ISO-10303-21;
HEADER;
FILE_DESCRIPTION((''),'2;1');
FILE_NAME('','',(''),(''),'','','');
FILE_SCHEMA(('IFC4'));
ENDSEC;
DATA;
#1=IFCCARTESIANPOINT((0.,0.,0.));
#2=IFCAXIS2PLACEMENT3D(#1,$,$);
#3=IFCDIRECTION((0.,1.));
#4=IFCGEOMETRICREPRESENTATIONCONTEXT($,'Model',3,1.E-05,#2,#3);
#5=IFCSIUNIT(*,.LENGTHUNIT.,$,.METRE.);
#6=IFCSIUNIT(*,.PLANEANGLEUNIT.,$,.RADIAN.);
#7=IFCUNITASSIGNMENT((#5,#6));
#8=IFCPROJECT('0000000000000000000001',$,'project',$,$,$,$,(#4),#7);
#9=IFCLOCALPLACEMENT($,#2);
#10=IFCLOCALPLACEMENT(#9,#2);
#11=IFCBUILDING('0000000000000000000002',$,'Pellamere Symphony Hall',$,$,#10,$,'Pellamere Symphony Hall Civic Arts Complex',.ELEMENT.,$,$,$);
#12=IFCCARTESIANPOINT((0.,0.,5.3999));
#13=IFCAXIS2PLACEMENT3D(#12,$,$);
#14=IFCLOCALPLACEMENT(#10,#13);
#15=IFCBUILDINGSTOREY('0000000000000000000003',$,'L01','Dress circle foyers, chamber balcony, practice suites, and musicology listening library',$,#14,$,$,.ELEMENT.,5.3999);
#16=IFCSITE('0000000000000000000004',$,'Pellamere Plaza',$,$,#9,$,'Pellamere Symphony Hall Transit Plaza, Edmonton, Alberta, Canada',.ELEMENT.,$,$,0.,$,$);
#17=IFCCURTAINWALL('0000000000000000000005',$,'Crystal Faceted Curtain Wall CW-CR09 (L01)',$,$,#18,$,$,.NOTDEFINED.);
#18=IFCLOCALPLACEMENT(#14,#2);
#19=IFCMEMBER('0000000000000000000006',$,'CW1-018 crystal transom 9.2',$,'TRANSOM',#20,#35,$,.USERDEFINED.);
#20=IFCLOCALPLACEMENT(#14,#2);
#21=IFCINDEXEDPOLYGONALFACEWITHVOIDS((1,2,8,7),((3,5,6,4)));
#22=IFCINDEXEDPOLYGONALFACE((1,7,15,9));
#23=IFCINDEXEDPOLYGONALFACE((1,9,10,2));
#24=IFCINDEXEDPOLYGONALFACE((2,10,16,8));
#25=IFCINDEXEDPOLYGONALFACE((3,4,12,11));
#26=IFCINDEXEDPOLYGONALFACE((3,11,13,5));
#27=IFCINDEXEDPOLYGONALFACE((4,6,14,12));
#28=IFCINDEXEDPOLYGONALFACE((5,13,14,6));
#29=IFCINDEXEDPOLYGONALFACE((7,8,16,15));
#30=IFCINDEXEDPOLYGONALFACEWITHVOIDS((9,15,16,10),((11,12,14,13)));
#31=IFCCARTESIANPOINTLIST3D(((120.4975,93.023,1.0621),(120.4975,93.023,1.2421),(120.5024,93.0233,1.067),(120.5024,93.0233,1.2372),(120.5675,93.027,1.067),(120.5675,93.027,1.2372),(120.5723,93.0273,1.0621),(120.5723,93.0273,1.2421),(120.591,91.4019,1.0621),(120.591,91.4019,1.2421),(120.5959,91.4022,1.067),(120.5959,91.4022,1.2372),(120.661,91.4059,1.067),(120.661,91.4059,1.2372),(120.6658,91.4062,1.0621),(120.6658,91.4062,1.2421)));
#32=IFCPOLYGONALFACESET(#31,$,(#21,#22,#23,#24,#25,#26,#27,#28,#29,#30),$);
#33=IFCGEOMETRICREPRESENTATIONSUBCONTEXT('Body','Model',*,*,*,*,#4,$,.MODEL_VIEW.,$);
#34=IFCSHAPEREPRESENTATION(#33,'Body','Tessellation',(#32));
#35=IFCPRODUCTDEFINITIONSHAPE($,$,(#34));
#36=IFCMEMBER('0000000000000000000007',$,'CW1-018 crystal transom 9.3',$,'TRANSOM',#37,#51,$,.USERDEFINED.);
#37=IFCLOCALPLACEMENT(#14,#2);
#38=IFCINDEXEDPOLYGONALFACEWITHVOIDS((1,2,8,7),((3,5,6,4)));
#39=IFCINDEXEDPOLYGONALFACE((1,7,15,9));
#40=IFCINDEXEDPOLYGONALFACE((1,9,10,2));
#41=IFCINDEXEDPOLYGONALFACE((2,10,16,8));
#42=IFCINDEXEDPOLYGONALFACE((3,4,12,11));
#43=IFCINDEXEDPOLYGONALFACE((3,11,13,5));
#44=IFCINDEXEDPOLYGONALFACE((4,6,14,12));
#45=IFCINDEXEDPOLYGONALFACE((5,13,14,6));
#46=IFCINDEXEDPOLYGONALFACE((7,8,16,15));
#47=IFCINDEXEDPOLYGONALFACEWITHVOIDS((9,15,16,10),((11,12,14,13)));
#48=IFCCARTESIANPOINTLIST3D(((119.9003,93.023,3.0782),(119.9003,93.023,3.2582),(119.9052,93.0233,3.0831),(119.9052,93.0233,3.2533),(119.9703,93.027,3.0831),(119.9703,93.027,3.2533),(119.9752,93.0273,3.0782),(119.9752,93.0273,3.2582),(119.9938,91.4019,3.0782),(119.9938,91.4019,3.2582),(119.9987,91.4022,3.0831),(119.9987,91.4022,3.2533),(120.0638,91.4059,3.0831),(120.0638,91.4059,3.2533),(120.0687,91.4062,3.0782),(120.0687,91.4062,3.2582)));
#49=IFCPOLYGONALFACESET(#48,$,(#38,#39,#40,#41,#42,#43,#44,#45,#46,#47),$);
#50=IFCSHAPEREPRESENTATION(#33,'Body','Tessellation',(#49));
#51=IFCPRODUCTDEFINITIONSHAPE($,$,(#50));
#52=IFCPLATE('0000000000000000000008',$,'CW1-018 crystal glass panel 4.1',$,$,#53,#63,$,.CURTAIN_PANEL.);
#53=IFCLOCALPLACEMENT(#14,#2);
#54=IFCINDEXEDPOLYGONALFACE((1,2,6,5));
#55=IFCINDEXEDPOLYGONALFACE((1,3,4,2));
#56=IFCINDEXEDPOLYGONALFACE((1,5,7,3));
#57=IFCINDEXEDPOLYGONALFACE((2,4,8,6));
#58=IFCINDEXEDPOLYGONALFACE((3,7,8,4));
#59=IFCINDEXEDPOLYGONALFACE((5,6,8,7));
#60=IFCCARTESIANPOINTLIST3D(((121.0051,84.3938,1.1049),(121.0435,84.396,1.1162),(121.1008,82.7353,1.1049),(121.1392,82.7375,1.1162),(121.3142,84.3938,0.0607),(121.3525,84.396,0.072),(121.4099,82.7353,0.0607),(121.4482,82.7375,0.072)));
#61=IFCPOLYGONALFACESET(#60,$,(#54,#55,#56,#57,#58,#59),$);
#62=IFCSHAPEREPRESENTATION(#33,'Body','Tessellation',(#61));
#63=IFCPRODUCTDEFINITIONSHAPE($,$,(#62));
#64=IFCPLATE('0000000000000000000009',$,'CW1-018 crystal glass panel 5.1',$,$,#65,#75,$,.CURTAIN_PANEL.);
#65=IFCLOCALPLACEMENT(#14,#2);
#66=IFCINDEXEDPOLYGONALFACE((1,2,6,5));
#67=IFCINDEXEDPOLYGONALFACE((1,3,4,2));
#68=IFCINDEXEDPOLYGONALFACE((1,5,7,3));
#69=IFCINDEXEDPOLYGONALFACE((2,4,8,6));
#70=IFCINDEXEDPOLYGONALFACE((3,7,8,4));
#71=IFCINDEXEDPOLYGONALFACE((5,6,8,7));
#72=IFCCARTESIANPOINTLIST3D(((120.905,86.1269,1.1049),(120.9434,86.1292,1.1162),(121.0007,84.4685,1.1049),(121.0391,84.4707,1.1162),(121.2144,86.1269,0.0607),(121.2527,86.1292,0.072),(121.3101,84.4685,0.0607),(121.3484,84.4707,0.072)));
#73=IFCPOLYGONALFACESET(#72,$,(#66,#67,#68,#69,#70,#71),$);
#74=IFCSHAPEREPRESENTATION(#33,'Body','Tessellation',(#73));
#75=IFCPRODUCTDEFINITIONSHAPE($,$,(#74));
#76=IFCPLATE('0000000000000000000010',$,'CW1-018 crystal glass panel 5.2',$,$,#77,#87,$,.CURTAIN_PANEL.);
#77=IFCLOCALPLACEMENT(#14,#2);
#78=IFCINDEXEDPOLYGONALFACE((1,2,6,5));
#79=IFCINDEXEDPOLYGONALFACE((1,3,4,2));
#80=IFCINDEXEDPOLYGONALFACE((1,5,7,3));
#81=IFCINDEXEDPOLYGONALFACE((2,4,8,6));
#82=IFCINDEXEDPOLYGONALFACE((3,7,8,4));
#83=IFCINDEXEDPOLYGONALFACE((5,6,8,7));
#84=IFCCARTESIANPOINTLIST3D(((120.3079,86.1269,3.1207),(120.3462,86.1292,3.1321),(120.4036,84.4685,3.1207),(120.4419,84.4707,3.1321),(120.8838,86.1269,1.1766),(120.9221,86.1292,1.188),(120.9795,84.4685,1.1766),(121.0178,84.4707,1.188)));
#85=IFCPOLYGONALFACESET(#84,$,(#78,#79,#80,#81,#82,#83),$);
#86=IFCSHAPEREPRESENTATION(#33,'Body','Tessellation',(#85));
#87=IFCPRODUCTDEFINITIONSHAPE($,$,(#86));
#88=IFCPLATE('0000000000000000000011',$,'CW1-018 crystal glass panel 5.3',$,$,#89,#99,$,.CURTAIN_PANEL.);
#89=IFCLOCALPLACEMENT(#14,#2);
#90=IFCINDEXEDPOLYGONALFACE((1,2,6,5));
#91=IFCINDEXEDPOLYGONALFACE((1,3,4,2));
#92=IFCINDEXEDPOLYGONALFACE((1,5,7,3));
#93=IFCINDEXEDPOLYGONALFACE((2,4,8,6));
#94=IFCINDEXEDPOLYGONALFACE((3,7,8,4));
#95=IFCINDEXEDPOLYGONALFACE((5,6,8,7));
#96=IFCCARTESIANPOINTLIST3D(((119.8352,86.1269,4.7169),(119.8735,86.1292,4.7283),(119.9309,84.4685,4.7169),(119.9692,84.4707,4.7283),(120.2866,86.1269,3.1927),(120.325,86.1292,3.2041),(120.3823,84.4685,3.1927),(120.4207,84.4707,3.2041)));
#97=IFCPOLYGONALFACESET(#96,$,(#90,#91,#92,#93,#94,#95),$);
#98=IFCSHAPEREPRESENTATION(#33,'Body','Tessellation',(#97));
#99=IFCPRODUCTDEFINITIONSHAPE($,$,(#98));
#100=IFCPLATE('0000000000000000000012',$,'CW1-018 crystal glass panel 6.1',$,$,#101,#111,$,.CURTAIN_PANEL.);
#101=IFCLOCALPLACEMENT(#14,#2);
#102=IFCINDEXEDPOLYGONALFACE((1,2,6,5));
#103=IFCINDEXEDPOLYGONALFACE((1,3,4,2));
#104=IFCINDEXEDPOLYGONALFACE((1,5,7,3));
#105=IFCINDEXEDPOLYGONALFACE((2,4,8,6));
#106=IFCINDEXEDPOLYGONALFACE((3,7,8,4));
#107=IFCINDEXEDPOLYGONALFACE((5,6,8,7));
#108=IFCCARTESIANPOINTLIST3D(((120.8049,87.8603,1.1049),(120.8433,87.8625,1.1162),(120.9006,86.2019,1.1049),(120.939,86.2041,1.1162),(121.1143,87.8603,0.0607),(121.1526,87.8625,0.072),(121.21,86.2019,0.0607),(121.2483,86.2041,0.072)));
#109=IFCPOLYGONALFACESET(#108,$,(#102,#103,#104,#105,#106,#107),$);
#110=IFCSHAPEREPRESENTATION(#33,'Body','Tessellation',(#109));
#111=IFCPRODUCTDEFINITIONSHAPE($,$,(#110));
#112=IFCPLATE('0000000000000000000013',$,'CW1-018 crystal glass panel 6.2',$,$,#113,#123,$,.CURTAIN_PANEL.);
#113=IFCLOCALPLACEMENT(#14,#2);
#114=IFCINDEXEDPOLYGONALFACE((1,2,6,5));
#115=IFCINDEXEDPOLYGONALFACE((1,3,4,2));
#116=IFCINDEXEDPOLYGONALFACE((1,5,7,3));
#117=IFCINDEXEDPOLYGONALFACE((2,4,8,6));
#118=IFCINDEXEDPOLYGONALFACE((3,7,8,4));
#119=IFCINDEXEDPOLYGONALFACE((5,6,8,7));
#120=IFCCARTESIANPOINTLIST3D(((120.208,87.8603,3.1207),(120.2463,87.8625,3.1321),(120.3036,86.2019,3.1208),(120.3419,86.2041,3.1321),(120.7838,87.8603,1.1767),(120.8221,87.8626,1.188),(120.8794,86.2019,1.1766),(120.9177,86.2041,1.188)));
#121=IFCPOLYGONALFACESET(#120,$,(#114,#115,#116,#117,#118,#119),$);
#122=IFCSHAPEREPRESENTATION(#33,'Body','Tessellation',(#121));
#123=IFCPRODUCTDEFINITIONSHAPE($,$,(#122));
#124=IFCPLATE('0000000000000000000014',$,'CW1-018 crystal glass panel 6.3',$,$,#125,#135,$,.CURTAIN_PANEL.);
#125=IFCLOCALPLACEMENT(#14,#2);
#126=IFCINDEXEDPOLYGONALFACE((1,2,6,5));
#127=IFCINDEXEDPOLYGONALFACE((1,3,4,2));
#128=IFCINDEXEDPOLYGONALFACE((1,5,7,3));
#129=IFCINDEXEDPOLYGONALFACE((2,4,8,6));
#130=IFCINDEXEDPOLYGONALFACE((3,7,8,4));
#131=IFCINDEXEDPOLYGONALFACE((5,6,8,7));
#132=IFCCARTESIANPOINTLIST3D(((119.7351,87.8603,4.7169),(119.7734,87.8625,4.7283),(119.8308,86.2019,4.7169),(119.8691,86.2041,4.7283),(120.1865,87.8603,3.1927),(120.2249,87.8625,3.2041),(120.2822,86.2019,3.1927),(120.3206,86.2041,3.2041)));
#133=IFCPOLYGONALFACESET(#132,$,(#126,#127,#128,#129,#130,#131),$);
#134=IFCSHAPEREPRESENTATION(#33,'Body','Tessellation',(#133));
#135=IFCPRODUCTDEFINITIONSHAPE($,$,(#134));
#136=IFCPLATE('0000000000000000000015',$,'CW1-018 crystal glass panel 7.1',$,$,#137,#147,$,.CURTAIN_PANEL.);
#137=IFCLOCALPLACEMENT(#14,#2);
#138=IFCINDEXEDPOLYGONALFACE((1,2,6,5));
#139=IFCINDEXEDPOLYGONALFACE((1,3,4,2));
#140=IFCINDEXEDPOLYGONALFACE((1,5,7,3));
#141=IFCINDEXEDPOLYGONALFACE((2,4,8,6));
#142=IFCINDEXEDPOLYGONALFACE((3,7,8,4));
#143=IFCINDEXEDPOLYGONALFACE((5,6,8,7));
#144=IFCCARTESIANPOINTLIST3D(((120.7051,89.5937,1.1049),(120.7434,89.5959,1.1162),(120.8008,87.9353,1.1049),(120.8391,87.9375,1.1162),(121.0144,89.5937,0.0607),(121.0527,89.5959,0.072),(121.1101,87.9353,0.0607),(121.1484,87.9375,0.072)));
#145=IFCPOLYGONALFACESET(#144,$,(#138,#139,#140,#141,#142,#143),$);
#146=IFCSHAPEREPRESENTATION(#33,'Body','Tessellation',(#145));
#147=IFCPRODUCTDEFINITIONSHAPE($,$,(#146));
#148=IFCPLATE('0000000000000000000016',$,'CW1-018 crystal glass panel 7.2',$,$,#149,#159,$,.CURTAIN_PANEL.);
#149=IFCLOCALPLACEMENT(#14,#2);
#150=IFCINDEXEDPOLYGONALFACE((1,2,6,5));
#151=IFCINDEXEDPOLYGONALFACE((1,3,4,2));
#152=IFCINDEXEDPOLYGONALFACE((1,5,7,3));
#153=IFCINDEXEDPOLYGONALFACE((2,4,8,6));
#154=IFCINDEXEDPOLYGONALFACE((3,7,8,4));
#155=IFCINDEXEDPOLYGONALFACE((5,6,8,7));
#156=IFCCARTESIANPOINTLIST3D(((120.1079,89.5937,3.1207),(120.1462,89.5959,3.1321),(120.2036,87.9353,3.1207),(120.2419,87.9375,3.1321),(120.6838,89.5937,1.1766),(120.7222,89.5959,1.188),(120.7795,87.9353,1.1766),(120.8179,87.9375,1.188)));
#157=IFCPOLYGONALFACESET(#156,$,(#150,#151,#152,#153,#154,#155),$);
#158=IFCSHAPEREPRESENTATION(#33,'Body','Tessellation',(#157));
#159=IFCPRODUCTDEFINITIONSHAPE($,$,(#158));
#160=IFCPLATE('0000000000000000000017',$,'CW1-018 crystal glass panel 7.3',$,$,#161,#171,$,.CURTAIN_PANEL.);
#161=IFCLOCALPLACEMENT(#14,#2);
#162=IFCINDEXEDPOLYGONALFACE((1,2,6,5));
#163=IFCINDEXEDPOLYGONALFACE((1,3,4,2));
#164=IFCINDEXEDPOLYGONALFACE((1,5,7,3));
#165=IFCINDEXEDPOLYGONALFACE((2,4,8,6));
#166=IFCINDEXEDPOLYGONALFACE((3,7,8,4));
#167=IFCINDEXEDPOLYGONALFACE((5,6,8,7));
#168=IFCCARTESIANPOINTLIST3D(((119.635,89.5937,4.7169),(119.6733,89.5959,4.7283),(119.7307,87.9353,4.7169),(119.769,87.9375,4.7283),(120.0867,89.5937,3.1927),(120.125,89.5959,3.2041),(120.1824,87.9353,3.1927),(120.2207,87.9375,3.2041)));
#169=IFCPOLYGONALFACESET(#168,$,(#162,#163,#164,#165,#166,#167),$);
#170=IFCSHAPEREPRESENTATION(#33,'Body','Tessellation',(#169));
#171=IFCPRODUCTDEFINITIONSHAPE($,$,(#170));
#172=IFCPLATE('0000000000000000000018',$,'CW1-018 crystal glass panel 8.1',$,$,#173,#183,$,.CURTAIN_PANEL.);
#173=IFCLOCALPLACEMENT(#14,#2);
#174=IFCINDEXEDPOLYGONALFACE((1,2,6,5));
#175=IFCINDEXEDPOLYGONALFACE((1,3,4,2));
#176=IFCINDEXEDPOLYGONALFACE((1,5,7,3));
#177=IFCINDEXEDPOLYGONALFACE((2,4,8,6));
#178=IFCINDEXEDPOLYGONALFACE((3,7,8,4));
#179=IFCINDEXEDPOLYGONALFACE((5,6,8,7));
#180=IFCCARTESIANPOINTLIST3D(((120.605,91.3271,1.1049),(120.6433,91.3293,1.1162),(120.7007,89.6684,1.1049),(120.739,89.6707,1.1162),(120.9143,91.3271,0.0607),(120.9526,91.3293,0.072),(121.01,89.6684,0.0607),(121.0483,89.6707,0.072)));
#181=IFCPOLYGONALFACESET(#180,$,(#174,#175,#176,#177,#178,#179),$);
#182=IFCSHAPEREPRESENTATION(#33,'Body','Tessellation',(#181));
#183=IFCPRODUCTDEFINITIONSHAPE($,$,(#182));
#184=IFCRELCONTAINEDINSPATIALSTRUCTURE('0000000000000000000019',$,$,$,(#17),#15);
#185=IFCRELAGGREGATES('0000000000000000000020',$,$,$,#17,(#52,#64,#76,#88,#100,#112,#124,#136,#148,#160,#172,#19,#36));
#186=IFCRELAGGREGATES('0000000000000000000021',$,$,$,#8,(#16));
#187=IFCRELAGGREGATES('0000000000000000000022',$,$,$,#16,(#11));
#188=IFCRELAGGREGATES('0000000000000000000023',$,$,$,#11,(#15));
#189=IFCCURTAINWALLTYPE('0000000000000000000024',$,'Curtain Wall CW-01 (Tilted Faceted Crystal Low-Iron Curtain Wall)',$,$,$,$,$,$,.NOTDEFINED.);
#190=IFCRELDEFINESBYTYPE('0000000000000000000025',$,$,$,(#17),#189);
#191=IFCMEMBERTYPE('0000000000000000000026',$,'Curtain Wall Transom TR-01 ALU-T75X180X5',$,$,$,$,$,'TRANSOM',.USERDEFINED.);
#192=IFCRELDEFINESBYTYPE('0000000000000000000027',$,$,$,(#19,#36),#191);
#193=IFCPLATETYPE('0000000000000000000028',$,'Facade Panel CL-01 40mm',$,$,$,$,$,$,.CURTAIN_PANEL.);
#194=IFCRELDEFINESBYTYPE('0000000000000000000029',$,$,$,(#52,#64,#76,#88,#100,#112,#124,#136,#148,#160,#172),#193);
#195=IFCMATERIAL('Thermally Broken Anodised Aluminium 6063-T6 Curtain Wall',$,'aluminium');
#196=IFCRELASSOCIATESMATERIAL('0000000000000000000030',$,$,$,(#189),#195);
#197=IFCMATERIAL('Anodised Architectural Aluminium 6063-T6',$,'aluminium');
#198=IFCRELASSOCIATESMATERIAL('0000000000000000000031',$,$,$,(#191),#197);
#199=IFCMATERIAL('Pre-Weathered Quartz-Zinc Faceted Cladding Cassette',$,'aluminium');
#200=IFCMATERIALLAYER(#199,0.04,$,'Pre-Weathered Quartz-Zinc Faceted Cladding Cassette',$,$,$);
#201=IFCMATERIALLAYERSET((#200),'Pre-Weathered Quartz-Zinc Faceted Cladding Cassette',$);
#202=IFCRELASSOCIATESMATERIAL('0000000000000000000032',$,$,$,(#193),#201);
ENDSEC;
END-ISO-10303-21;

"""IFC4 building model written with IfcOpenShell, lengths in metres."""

from ifc_helpers import new_model, si_unit, direction, frame, origin, origin_2d, place, context, subcontext, project, spatial, polyline, hollow_rectangle, outline, extrude, material, layer, layer_set, material_profile, profile_set, type_object, element, aggregate, save


model = new_model("IFC4")

# Units and contexts
model_context = context("Model", 3, precision=1e-05, world=origin(), true_north=direction((0.0, 1.0)))
body_context = subcontext(model_context, "Body", "Model", "MODEL_VIEW")
ifc_project = project(units=[si_unit("LENGTHUNIT", "METRE"), si_unit("PLANEANGLEUNIT", "RADIAN")], contexts=[model_context])

# Site, building, storey
site_placement = place(None, origin())
site = spatial("IfcSite", under=ifc_project, at=site_placement, Name="Pellamere Plaza", LongName="Pellamere Symphony Hall Transit Plaza, Edmonton, Alberta, Canada", CompositionType="ELEMENT", RefElevation=0.0)
building_placement = place(site_placement, origin())
building = spatial("IfcBuilding", under=site, at=building_placement, Name="Pellamere Symphony Hall", LongName="Pellamere Symphony Hall Civic Arts Complex", CompositionType="ELEMENT")
storey_placement = place(building_placement, frame((0.0, 0.0, 5.3999)))
storey = spatial("IfcBuildingStorey", under=building, at=storey_placement, Name="L01", Description="Dress circle foyers, chamber balcony, practice suites, and musicology listening library", CompositionType="ELEMENT", Elevation=5.3999)

# Curtain wall, members, plates
ifc_material_1 = material(Name="Thermally Broken Anodised Aluminium 6063-T6 Curtain Wall", Category="aluminium")
curtain_wall_type = type_object("IfcCurtainWallType", Name="Curtain Wall CW-01 (Tilted Faceted Crystal Low-Iron Curtain Wall)", PredefinedType="NOTDEFINED", material=ifc_material_1)
curtain_wall_placement = place(storey_placement, origin())
curtain_wall = element("IfcCurtainWall", 1, at=curtain_wall_placement, inside=storey, type_object=curtain_wall_type, Name="Crystal Faceted Curtain Wall CW-CR09 (L01)", PredefinedType="NOTDEFINED")
ifc_material_2 = material(Name="Anodised Architectural Aluminium 6063-T6", Category="aluminium")
ifc_material_profile_1 = material_profile(ifc_material_2, hollow_rectangle(XDim=0.075, YDim=0.1799, WallThickness=0.0049, at=origin_2d()), Name="ALU-T75X180X5")
ifc_profile_set_1 = profile_set([ifc_material_profile_1], Name="Anodised Architectural Aluminium 6063-T6")
member_type_1 = type_object("IfcMemberType", Name="Curtain Wall Transom TR-01 ALU-T75X180X5", ElementType="TRANSOM", PredefinedType="USERDEFINED", material=ifc_profile_set_1)
member_1_placement = place(storey_placement, frame((120.6284, 91.4041, 1.1521), z_axis=(-0.057585, 0.998341, 0.0), x_axis=(-0.998341, -0.057585, 0.0)))
member_1 = element("IfcMember", 2, at=member_1_placement, type_object=member_type_1, Name="CW1-018 crystal transom 9.2", ObjectType="TRANSOM", PredefinedType="USERDEFINED", context=body_context, shape_type="SweptSolid", body=[
    extrude(hollow_rectangle(XDim=0.075, YDim=0.1799, WallThickness=0.0049, at=origin_2d()), origin(), (0.0, 0.0, 1.0), 1.6238),
])
member_2_placement = place(storey_placement, frame((120.0312, 91.4041, 3.1682), z_axis=(-0.057585, 0.998341, 0.0), x_axis=(-0.998341, -0.057585, 0.0)))
member_2 = element("IfcMember", 3, at=member_2_placement, type_object=member_type_1, Name="CW1-018 crystal transom 9.3", ObjectType="TRANSOM", PredefinedType="USERDEFINED", context=body_context, shape_type="SweptSolid", body=[
    extrude(hollow_rectangle(XDim=0.075, YDim=0.1799, WallThickness=0.0049, at=origin_2d()), origin(), (0.0, 0.0, 1.0), 1.6238),
])
ifc_material_3 = material(Name="Pre-Weathered Quartz-Zinc Faceted Cladding Cassette", Category="aluminium")
ifc_layer = layer(ifc_material_3, 0.04, Name="Pre-Weathered Quartz-Zinc Faceted Cladding Cassette")
ifc_layer_set = layer_set([ifc_layer], Name="Pre-Weathered Quartz-Zinc Faceted Cladding Cassette")
plate_type = type_object("IfcPlateType", Name="Facade Panel CL-01 40mm", PredefinedType="CURTAIN_PANEL", material=ifc_layer_set)
plate_1_placement = place(storey_placement, frame((121.4482, 82.7375, 0.072), z_axis=(0.95741, 0.055249, 0.283395), x_axis=(-0.057611, 0.998339, 0.0)))
plate_1 = element("IfcPlate", 4, at=plate_1_placement, type_object=plate_type, Name="CW1-018 crystal glass panel 4.1", PredefinedType="CURTAIN_PANEL", context=body_context, shape_type="SweptSolid", body=[
    extrude(outline(polyline([(0.0, 0.0), (1.6612, 0.0), (1.679, 1.0888), (0.0178, 1.0888), (0.0, 0.0)])), origin(), (0.0, 0.0, -1.0), 0.04),
])
plate_2_placement = place(storey_placement, frame((121.3484, 84.4707, 0.072), z_axis=(0.95735, 0.055245, 0.283601), x_axis=(-0.057611, 0.998339, 0.0)))
plate_2 = element("IfcPlate", 5, at=plate_2_placement, type_object=plate_type, Name="CW1-018 crystal glass panel 5.1", PredefinedType="CURTAIN_PANEL", context=body_context, shape_type="SweptSolid", body=[
    extrude(outline(polyline([(0.0, 0.0), (1.6612, 0.0), (1.679, 1.0889), (0.0178, 1.0889), (0.0, 0.0)])), origin(), (0.0, 0.0, -1.0), 0.04),
])
plate_3_placement = place(storey_placement, frame((121.0178, 84.4707, 1.188), z_axis=(0.957347, 0.055245, 0.283609), x_axis=(-0.057611, 0.998339, 0.0)))
plate_3 = element("IfcPlate", 6, at=plate_3_placement, type_object=plate_type, Name="CW1-018 crystal glass panel 5.2", PredefinedType="CURTAIN_PANEL", context=body_context, shape_type="SweptSolid", body=[
    extrude(outline(polyline([(0.0, 0.0), (1.6612, 0.0), (1.6944, 2.0273), (0.0332, 2.0273), (0.0, 0.0)])), origin(), (0.0, 0.0, -1.0), 0.04),
])
plate_4_placement = place(storey_placement, frame((120.4207, 84.4707, 3.2041), z_axis=(0.957366, 0.055246, 0.283545), x_axis=(-0.057611, 0.998339, 0.0)))
plate_4 = element("IfcPlate", 7, at=plate_4_placement, type_object=plate_type, Name="CW1-018 crystal glass panel 5.3", PredefinedType="CURTAIN_PANEL", context=body_context, shape_type="SweptSolid", body=[
    extrude(outline(polyline([(0.0, 0.0), (1.6612, 0.0), (1.6872, 1.5894), (0.026, 1.5894), (0.0, 0.0)])), origin(), (0.0, 0.0, -1.0), 0.04),
])
plate_5_placement = place(storey_placement, frame((121.2483, 86.2041, 0.072), z_axis=(0.95735, 0.055245, 0.283601), x_axis=(-0.057611, 0.998339, 0.0)))
plate_5 = element("IfcPlate", 8, at=plate_5_placement, type_object=plate_type, Name="CW1-018 crystal glass panel 6.1", PredefinedType="CURTAIN_PANEL", context=body_context, shape_type="SweptSolid", body=[
    extrude(outline(polyline([(0.0, 0.0), (1.6612, 0.0), (1.679, 1.0889), (0.0178, 1.0889), (0.0, 0.0)])), origin(), (0.0, 0.0, -1.0), 0.04),
])
plate_6_placement = place(storey_placement, frame((120.9177, 86.2041, 1.188), z_axis=(0.957367, 0.055176, 0.283555), x_axis=(-0.057543, 0.998343, 0.00002)))
plate_6 = element("IfcPlate", 9, at=plate_6_placement, type_object=plate_type, Name="CW1-018 crystal glass panel 6.2", PredefinedType="CURTAIN_PANEL", context=body_context, shape_type="SweptSolid", body=[
    extrude(outline(polyline([(0.0, 0.0), (1.6612, 0.0), (1.6944, 2.0273), (0.0332, 2.0273), (0.0, 0.0)])), origin(), (0.0, 0.0, -1.0), 0.04),
])
plate_7_placement = place(storey_placement, frame((120.3206, 86.2041, 3.2041), z_axis=(0.957366, 0.055246, 0.283545), x_axis=(-0.057611, 0.998339, 0.0)))
plate_7 = element("IfcPlate", 10, at=plate_7_placement, type_object=plate_type, Name="CW1-018 crystal glass panel 6.3", PredefinedType="CURTAIN_PANEL", context=body_context, shape_type="SweptSolid", body=[
    extrude(outline(polyline([(0.0, 0.0), (1.6612, 0.0), (1.6872, 1.5894), (0.026, 1.5894), (0.0, 0.0)])), origin(), (0.0, 0.0, -1.0), 0.04),
])
plate_8_placement = place(storey_placement, frame((121.1484, 87.9375, 0.072), z_axis=(0.95735, 0.055245, 0.283601), x_axis=(-0.057611, 0.998339, 0.0)))
plate_8 = element("IfcPlate", 11, at=plate_8_placement, type_object=plate_type, Name="CW1-018 crystal glass panel 7.1", PredefinedType="CURTAIN_PANEL", context=body_context, shape_type="SweptSolid", body=[
    extrude(outline(polyline([(0.0, 0.0), (1.6612, 0.0), (1.679, 1.0889), (0.0178, 1.0889), (0.0, 0.0)])), origin(), (0.0, 0.0, -1.0), 0.04),
])
plate_9_placement = place(storey_placement, frame((120.8179, 87.9375, 1.188), z_axis=(0.957347, 0.055245, 0.283609), x_axis=(-0.057611, 0.998339, 0.0)))
plate_9 = element("IfcPlate", 12, at=plate_9_placement, type_object=plate_type, Name="CW1-018 crystal glass panel 7.2", PredefinedType="CURTAIN_PANEL", context=body_context, shape_type="SweptSolid", body=[
    extrude(outline(polyline([(0.0, 0.0), (1.6612, 0.0), (1.6944, 2.0273), (0.0332, 2.0273), (0.0, 0.0)])), origin(), (0.0, 0.0, -1.0), 0.04),
])
plate_10_placement = place(storey_placement, frame((120.2207, 87.9375, 3.2041), z_axis=(0.957325, 0.055244, 0.283686), x_axis=(-0.057611, 0.998339, 0.0)))
plate_10 = element("IfcPlate", 13, at=plate_10_placement, type_object=plate_type, Name="CW1-018 crystal glass panel 7.3", PredefinedType="CURTAIN_PANEL", context=body_context, shape_type="SweptSolid", body=[
    extrude(outline(polyline([(0.0, 0.0), (1.6612, 0.0), (1.6872, 1.5895), (0.026, 1.5895), (0.0, 0.0)])), origin(), (0.0, 0.0, -1.0), 0.04),
])
plate_11_placement = place(storey_placement, frame((121.0483, 89.6707, 0.072), z_axis=(0.95735, 0.055237, 0.283601), x_axis=(-0.057602, 0.99834, 0.0)))
plate_11 = element("IfcPlate", 14, at=plate_11_placement, type_object=plate_type, Name="CW1-018 crystal glass panel 8.1", PredefinedType="CURTAIN_PANEL", context=body_context, shape_type="SweptSolid", body=[
    extrude(outline(polyline([(0.0, 0.0), (1.6615, 0.0), (1.6793, 1.0889), (0.0178, 1.0889), (0.0, 0.0)])), origin(), (0.0, 0.0, -1.0), 0.04),
])
aggregate(curtain_wall, [plate_1, plate_2, plate_3, plate_4, plate_5, plate_6, plate_7, plate_8, plate_9, plate_10, plate_11, member_1, member_2])

save(model, "model.ifc")
